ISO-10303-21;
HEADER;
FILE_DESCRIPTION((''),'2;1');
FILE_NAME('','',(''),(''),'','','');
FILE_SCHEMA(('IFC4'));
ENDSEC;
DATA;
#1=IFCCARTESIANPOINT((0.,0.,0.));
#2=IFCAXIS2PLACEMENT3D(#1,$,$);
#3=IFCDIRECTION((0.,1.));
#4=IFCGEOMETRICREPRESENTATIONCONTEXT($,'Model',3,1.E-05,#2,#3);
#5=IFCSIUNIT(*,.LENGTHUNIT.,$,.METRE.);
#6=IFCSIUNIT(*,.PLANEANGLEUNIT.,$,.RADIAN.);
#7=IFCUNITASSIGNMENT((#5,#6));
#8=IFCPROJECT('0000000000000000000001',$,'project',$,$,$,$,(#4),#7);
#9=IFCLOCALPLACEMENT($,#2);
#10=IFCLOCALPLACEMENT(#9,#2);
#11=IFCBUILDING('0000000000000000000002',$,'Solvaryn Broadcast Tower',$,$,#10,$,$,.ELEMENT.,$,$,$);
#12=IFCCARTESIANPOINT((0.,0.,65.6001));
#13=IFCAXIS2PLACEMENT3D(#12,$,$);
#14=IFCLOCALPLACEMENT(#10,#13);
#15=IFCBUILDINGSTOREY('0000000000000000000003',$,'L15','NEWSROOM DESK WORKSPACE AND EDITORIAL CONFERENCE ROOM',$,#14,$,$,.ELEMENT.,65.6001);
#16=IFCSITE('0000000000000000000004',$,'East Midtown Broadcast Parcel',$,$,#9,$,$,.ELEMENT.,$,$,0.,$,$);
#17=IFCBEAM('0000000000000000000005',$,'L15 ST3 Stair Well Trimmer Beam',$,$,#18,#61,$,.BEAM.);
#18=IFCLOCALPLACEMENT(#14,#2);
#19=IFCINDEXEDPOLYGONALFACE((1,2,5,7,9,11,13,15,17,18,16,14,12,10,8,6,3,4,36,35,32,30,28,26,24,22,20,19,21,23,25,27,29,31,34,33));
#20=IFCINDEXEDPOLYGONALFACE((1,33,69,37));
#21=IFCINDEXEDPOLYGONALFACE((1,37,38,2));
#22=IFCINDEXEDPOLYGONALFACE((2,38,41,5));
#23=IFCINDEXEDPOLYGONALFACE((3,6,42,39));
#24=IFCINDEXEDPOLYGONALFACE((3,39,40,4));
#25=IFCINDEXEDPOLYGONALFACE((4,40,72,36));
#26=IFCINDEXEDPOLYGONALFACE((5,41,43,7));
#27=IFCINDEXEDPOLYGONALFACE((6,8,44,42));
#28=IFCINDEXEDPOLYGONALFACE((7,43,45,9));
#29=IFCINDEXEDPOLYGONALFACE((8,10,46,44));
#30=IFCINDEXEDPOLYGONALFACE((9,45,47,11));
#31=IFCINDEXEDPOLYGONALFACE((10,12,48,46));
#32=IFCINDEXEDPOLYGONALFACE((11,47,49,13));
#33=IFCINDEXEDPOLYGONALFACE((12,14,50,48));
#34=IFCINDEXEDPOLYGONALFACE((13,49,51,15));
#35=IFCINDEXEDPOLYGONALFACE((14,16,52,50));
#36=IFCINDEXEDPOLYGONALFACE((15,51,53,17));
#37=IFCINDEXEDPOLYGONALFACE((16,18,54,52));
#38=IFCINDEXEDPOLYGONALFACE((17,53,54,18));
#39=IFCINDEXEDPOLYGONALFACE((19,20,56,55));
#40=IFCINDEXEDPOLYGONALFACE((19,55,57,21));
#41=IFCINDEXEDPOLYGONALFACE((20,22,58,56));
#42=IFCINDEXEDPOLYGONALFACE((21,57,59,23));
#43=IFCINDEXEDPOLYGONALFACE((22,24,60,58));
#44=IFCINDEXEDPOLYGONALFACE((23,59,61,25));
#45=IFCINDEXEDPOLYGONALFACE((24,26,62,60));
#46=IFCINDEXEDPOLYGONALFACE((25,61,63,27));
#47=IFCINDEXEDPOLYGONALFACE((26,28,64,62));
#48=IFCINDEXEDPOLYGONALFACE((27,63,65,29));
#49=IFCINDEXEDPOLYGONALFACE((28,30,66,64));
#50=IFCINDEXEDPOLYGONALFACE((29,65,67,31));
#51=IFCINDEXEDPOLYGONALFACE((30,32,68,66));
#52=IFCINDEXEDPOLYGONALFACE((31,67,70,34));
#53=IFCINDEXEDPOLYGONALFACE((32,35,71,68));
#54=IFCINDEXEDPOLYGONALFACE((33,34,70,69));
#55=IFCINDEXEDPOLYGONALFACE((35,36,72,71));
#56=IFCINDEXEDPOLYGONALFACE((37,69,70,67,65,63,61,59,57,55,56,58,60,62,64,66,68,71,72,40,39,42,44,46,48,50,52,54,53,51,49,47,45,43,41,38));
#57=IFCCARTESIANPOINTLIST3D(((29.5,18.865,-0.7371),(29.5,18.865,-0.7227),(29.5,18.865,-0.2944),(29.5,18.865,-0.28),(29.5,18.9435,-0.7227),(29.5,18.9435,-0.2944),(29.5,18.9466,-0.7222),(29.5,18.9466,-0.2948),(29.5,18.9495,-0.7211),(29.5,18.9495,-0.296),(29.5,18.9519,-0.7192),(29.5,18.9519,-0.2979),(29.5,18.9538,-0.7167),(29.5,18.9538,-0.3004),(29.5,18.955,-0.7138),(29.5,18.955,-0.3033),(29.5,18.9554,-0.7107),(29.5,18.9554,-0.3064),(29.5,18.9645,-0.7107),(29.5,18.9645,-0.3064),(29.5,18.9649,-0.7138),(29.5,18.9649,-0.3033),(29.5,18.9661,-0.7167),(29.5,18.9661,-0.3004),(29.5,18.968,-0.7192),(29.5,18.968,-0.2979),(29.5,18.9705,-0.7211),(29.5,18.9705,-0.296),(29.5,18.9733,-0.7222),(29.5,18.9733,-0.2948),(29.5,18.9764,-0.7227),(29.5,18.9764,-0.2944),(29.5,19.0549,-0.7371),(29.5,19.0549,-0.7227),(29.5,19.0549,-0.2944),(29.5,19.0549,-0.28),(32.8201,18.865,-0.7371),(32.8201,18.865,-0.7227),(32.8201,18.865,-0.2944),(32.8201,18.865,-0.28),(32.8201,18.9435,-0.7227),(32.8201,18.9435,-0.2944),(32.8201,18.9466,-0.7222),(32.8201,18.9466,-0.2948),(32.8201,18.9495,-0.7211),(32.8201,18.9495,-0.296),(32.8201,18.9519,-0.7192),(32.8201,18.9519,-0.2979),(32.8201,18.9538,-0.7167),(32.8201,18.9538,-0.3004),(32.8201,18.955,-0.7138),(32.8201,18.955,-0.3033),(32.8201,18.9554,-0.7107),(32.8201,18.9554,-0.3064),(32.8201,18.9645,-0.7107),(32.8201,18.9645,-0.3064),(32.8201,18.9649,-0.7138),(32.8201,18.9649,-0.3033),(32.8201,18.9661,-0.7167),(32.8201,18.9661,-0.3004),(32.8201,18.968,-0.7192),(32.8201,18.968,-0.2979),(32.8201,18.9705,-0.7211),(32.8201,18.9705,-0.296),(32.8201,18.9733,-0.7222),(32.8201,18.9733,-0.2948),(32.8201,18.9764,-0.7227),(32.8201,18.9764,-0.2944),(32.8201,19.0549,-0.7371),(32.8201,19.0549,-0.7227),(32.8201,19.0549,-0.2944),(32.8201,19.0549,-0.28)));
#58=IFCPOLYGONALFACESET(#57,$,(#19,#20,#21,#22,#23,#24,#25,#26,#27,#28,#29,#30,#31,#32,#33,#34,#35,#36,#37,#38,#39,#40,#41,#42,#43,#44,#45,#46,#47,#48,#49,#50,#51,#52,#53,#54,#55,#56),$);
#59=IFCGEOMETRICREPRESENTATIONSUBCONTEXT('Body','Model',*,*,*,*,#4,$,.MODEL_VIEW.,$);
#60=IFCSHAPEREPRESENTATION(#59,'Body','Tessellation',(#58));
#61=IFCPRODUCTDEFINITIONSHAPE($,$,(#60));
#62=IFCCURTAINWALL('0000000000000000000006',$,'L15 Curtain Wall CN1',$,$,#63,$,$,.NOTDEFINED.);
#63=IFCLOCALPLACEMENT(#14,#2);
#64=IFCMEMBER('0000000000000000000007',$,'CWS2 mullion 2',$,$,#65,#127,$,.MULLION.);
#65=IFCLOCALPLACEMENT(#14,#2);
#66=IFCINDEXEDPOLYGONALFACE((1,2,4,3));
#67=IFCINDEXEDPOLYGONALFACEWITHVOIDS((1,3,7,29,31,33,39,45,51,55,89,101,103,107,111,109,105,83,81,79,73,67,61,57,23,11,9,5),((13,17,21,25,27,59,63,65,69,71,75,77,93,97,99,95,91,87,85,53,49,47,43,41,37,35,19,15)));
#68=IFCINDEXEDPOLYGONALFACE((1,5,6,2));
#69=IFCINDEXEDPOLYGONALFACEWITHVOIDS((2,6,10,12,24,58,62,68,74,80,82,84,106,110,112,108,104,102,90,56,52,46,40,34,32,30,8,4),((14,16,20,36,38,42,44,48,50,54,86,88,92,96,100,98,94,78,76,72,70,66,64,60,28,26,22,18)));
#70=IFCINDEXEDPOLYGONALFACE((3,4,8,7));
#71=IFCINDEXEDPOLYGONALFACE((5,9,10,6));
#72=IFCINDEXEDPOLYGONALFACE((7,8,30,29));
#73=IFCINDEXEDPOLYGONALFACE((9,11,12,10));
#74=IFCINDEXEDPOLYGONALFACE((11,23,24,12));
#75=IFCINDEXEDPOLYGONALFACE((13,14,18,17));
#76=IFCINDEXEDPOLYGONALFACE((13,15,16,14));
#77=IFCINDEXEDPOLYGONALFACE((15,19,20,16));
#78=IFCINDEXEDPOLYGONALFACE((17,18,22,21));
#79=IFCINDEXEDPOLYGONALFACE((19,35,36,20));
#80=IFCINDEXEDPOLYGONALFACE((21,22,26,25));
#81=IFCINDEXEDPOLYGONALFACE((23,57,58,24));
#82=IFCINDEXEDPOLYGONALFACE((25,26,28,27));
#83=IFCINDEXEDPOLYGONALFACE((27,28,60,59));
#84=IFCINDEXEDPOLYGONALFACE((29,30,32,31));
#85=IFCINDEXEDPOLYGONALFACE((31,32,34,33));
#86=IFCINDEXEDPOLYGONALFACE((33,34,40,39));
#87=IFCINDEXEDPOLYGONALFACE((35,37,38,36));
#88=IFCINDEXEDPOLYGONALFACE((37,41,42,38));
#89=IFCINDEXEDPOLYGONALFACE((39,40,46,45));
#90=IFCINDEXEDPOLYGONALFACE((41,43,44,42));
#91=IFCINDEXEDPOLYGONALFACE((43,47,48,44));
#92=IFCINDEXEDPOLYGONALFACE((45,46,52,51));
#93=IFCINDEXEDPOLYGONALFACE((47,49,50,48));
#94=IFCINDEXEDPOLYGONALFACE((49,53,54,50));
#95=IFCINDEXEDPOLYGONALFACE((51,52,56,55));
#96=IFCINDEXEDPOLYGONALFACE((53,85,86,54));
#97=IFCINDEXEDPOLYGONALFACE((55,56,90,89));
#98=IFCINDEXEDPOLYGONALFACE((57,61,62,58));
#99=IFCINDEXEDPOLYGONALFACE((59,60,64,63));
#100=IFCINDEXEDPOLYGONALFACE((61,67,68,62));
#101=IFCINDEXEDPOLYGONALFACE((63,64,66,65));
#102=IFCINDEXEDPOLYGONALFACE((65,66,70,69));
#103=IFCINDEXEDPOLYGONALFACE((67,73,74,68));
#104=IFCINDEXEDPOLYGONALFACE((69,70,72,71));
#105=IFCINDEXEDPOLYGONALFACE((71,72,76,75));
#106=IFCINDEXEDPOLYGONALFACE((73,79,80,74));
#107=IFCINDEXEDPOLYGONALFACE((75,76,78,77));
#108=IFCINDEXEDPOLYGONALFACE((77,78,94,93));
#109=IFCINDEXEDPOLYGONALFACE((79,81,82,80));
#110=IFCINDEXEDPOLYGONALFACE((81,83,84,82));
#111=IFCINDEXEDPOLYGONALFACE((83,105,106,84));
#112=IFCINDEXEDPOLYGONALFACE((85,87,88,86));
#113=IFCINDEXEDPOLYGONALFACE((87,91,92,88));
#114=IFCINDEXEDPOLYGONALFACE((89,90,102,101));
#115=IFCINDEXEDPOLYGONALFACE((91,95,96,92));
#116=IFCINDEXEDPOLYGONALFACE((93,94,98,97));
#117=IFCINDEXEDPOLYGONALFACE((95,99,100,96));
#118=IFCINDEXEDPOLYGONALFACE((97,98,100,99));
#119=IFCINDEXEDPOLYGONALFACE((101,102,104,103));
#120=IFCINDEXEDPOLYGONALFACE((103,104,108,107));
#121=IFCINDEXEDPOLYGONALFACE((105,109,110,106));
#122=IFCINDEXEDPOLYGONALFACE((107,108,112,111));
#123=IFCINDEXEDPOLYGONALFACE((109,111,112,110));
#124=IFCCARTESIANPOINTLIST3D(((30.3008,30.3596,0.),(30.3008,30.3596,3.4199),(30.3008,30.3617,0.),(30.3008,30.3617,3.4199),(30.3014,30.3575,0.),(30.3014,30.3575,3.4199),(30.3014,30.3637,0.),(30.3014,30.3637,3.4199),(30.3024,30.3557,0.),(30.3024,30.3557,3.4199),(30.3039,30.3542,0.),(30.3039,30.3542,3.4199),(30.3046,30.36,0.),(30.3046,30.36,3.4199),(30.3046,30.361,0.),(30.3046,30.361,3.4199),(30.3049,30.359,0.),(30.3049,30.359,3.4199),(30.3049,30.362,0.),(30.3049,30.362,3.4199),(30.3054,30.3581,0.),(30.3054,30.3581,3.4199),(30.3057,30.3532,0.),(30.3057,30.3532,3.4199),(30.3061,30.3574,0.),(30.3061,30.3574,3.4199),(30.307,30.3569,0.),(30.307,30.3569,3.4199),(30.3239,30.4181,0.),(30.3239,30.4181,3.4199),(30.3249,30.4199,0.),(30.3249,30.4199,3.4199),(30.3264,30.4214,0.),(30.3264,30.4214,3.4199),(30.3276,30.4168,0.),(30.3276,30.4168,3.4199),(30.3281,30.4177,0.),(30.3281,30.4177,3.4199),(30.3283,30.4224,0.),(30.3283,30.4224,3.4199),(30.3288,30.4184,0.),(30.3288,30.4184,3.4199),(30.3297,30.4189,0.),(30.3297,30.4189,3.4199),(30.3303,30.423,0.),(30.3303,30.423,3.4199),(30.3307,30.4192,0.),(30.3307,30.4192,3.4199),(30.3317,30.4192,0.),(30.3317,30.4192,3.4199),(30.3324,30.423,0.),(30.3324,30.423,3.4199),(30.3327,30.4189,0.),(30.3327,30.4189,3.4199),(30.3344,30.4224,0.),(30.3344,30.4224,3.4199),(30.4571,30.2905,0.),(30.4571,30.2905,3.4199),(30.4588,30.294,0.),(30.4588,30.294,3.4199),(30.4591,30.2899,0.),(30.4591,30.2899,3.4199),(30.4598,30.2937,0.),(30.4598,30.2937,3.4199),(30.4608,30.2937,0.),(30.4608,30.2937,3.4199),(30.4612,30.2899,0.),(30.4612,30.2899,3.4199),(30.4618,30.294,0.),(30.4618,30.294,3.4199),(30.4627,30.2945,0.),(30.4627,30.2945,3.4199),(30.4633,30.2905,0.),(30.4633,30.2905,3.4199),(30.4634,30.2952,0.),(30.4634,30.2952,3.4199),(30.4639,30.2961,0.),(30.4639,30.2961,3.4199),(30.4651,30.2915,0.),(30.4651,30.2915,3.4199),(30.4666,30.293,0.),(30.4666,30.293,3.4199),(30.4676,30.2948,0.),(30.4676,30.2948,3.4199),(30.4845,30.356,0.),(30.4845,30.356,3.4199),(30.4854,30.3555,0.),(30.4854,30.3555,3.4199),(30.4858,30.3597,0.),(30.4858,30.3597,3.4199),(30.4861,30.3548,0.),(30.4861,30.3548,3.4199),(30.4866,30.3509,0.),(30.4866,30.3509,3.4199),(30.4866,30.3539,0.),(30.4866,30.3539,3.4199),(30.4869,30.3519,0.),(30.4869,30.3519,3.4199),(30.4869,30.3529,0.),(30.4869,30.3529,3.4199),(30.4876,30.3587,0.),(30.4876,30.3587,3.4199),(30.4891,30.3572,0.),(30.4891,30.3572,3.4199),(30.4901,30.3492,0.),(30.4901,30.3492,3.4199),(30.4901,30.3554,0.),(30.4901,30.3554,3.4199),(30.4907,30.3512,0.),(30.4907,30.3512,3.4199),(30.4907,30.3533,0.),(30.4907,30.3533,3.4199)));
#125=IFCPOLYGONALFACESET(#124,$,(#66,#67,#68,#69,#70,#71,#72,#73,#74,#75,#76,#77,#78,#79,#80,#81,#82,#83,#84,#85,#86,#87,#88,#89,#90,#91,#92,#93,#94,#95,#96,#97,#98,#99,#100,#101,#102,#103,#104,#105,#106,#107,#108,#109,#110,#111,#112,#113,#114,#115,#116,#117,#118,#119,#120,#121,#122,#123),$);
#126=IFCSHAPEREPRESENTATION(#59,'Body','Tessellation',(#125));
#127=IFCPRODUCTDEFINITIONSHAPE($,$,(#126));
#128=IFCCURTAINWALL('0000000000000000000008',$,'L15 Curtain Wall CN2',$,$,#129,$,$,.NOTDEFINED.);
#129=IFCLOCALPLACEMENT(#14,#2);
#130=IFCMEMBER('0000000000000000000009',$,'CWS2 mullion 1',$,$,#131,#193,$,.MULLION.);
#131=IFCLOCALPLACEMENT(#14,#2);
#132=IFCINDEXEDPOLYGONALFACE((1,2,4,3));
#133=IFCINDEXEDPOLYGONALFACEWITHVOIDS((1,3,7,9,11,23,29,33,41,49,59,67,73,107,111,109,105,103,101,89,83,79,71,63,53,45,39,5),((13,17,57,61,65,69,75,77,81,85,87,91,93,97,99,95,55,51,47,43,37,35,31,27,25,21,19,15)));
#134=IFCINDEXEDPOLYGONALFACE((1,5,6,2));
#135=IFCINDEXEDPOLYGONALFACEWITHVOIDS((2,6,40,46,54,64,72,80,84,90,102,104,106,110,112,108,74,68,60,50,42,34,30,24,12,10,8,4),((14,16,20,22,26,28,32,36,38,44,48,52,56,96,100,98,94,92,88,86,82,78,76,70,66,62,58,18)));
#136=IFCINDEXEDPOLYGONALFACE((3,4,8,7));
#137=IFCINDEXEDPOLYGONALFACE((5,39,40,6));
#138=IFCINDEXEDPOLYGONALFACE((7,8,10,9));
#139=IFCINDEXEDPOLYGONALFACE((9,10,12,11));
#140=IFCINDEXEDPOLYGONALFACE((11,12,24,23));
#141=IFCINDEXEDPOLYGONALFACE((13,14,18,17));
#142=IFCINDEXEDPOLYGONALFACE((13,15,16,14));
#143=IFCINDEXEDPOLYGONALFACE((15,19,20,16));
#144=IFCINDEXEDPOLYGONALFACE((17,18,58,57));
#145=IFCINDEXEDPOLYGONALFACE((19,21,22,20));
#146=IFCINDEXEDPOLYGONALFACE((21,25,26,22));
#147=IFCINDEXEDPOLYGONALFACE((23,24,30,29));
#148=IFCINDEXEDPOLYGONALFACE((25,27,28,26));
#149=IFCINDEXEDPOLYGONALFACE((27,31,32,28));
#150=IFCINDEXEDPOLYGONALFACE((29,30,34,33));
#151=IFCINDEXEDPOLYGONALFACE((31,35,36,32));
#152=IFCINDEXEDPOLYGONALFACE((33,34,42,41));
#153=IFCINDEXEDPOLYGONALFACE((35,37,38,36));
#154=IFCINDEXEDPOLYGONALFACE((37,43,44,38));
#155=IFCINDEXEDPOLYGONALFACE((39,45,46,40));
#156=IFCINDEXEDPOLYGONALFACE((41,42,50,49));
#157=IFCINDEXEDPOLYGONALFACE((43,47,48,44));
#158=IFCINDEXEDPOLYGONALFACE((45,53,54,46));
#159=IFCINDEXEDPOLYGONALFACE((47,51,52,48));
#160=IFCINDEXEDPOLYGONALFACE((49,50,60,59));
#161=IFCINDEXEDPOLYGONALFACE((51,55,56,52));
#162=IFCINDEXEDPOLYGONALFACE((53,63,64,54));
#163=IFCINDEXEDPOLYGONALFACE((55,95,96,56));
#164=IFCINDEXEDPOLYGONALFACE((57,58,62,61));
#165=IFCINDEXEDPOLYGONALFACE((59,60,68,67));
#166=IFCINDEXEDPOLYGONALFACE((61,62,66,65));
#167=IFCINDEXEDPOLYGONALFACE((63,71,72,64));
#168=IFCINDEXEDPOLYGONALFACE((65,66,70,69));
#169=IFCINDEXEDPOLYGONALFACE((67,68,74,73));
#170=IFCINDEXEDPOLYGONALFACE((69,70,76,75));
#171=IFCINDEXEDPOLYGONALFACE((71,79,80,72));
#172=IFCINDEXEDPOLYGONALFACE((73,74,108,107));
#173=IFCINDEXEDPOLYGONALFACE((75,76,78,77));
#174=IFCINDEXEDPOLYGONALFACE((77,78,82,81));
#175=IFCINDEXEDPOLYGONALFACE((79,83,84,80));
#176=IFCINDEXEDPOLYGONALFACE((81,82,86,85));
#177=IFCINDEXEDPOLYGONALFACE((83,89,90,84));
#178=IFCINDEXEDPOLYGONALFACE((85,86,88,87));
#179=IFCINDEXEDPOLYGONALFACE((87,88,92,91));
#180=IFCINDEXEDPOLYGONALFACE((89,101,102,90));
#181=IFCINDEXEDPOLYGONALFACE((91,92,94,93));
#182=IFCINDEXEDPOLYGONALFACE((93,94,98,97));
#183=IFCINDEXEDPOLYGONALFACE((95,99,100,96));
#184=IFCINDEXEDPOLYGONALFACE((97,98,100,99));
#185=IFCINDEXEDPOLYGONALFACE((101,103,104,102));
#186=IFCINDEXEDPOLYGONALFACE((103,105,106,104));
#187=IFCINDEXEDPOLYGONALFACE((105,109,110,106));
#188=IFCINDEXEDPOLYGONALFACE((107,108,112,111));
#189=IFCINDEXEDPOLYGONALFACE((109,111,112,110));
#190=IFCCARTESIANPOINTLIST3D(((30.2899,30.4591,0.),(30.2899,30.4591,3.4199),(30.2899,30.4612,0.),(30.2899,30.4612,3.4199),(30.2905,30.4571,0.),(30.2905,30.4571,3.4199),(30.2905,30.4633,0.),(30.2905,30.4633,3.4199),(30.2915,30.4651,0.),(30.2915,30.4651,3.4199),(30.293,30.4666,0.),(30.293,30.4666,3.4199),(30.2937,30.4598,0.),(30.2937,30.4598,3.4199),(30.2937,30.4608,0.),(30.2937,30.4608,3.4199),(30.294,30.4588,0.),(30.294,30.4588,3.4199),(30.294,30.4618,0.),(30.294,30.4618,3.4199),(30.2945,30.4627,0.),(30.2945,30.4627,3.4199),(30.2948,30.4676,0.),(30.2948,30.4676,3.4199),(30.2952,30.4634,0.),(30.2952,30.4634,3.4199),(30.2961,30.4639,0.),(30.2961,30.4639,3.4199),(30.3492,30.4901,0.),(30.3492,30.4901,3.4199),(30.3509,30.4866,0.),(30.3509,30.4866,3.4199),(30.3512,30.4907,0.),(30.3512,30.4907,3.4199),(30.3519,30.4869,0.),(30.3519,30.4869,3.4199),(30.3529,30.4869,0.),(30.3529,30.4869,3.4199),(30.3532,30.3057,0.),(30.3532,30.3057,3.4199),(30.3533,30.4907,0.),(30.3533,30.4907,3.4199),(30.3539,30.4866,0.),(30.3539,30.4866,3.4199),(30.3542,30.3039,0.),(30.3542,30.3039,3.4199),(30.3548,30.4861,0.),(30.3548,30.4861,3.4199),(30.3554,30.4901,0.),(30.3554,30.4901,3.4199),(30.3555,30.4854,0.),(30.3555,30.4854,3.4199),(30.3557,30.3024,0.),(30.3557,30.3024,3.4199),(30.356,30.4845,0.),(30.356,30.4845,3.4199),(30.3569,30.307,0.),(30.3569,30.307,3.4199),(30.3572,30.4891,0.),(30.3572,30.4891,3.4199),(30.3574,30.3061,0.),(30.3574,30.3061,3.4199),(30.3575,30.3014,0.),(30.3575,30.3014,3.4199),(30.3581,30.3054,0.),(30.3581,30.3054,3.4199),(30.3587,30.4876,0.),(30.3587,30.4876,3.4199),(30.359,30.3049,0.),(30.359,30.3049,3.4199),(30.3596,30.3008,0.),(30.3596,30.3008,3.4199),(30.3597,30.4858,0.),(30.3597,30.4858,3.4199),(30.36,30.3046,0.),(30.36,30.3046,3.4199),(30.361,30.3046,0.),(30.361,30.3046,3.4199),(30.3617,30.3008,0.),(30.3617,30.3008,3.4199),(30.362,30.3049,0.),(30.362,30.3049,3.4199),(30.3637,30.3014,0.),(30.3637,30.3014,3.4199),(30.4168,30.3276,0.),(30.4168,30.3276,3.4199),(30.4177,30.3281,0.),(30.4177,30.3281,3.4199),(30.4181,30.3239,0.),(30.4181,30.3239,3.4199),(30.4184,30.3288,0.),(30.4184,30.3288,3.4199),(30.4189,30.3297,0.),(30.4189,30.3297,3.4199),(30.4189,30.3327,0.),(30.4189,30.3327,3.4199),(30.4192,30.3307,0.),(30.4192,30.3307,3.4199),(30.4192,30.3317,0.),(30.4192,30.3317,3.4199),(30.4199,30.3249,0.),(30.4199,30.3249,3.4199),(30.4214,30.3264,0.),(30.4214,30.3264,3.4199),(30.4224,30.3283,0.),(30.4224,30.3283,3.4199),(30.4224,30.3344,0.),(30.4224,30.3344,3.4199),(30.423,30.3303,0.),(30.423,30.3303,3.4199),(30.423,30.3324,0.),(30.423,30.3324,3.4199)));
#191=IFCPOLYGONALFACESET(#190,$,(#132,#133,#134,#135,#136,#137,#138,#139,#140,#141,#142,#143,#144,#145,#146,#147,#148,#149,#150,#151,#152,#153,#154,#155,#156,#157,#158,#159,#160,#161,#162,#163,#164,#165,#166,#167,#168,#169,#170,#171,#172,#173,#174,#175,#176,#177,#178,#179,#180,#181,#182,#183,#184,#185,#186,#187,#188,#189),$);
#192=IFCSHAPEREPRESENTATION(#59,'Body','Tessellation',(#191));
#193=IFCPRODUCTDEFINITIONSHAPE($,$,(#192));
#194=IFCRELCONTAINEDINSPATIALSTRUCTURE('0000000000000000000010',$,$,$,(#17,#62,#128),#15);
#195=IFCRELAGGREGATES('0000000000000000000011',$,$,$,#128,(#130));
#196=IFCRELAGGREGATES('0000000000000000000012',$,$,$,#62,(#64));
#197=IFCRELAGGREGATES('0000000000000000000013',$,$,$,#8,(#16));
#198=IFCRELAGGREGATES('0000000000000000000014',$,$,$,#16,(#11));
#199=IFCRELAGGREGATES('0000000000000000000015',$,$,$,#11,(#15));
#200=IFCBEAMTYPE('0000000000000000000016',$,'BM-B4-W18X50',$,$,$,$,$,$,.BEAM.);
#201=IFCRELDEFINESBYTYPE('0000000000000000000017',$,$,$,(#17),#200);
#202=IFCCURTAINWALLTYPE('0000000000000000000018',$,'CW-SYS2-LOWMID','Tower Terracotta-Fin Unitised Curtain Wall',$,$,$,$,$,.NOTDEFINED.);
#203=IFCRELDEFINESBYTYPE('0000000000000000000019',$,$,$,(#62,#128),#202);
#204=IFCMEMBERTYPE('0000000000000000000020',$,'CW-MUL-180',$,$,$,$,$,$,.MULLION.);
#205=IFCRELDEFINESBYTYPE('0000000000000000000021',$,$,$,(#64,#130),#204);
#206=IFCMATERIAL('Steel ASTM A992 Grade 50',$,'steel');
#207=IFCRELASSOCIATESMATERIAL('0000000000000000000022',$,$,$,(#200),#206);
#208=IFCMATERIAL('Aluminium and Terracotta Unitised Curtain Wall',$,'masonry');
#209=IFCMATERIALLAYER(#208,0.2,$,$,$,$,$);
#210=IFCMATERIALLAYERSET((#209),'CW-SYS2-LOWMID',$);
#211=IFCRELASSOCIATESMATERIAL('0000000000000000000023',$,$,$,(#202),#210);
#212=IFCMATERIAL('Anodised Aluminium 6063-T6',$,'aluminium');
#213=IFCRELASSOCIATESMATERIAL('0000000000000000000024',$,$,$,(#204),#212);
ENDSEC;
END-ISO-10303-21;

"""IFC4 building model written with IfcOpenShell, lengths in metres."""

from ifc_helpers import new_model, si_unit, direction, frame, origin, origin_2d, place, context, subcontext, project, spatial, hollow_rectangle, i_section, extrude, material, layer, layer_set, material_profile, profile_set, type_object, element, aggregate, save


model = new_model("IFC4")

# Units and contexts
model_context = context("Model", 3, precision=1e-05, world=origin(), true_north=direction((0.0, 1.0)))
body_context = subcontext(model_context, "Body", "Model", "MODEL_VIEW")
ifc_project = project(units=[si_unit("LENGTHUNIT", "METRE"), si_unit("PLANEANGLEUNIT", "RADIAN")], contexts=[model_context])

# Site, building, storey
site_placement = place(None, origin())
site = spatial("IfcSite", under=ifc_project, at=site_placement, Name="East Midtown Broadcast Parcel", CompositionType="ELEMENT", RefElevation=0.0)
building_placement = place(site_placement, origin())
building = spatial("IfcBuilding", under=site, at=building_placement, Name="Solvaryn Broadcast Tower", CompositionType="ELEMENT")
storey_placement = place(building_placement, frame((0.0, 0.0, 65.6001)))
storey = spatial("IfcBuildingStorey", under=building, at=storey_placement, Name="L15", Description="NEWSROOM DESK WORKSPACE AND EDITORIAL CONFERENCE ROOM", CompositionType="ELEMENT", Elevation=65.6001)

# Beam
ifc_material_1 = material(Name="Steel ASTM A992 Grade 50", Category="steel")
ifc_material_profile_1 = material_profile(ifc_material_1, i_section(OverallWidth=0.1899, OverallDepth=0.457, WebThickness=0.009, FlangeThickness=0.0144, FilletRadius=0.012, at=origin_2d()))
ifc_profile_set_1 = profile_set([ifc_material_profile_1], Name="Steel ASTM A992 Grade 50")
beam_type_1 = type_object("IfcBeamType", Name="BM-B4-W18X50", PredefinedType="BEAM", material=ifc_profile_set_1)
beam_1_placement = place(storey_placement, frame((29.5, 18.96, -0.5085), z_axis=(1.0, 0.0, 0.0), x_axis=(0.0, 1.0, 0.0)))
element("IfcBeam", 1, at=beam_1_placement, inside=storey, type_object=beam_type_1, Name="L15 ST3 Stair Well Trimmer Beam", PredefinedType="BEAM", context=body_context, shape_type="SweptSolid", body=[
    extrude(i_section(OverallWidth=0.1899, OverallDepth=0.457, WebThickness=0.009, FlangeThickness=0.0144, FilletRadius=0.012, at=origin_2d()), origin(), (0.0, 0.0, 1.0), 3.3201),
])

# Curtain wall, member
ifc_material_2 = material(Name="Aluminium and Terracotta Unitised Curtain Wall", Category="masonry")
ifc_layer_1 = layer(ifc_material_2, 0.2)
ifc_layer_set_1 = layer_set([ifc_layer_1], Name="CW-SYS2-LOWMID")
curtain_wall_type = type_object("IfcCurtainWallType", Name="CW-SYS2-LOWMID", Description="Tower Terracotta-Fin Unitised Curtain Wall", PredefinedType="NOTDEFINED", material=ifc_layer_set_1)
curtain_wall_1_placement = place(storey_placement, origin())
curtain_wall_1 = element("IfcCurtainWall", 2, at=curtain_wall_1_placement, inside=storey, type_object=curtain_wall_type, Name="L15 Curtain Wall CN1", PredefinedType="NOTDEFINED")
ifc_material_3 = material(Name="Anodised Aluminium 6063-T6", Category="aluminium")
ifc_material_profile_2 = material_profile(ifc_material_3, hollow_rectangle(XDim=0.075, YDim=0.1799, WallThickness=0.0039, InnerFilletRadius=0.0039, OuterFilletRadius=0.0081, at=origin_2d()))
ifc_profile_set_2 = profile_set([ifc_material_profile_2], Name="Anodised Aluminium 6063-T6")
member_type_1 = type_object("IfcMemberType", Name="CW-MUL-180", PredefinedType="MULLION", material=ifc_profile_set_2)
member_1_placement = place(storey_placement, frame((30.3958, 30.3564, 0.0), z_axis=(0.0, 0.0, 1.0), x_axis=(-0.382646, -0.923895, 0.0)))
member_1 = element("IfcMember", 3, at=member_1_placement, type_object=member_type_1, Name="CWS2 mullion 2", PredefinedType="MULLION", context=body_context, shape_type="SweptSolid", body=[
    extrude(hollow_rectangle(XDim=0.075, YDim=0.1799, WallThickness=0.0039, InnerFilletRadius=0.0039, OuterFilletRadius=0.0081, at=origin_2d()), origin(), (0.0, 0.0, 1.0), 3.4199),
])

# Curtain wall, member
curtain_wall_2_placement = place(storey_placement, origin())
curtain_wall_2 = element("IfcCurtainWall", 4, at=curtain_wall_2_placement, inside=storey, type_object=curtain_wall_type, Name="L15 Curtain Wall CN2", PredefinedType="NOTDEFINED")
member_2_placement = place(storey_placement, frame((30.3564, 30.3958, 0.0), z_axis=(0.0, 0.0, 1.0), x_axis=(-0.923895, -0.382646, 0.0)))
member_2 = element("IfcMember", 5, at=member_2_placement, type_object=member_type_1, Name="CWS2 mullion 1", PredefinedType="MULLION", context=body_context, shape_type="SweptSolid", body=[
    extrude(hollow_rectangle(XDim=0.075, YDim=0.1799, WallThickness=0.0039, InnerFilletRadius=0.0039, OuterFilletRadius=0.0081, at=origin_2d()), origin(), (0.0, 0.0, 1.0), 3.4199),
])
aggregate(curtain_wall_2, [member_2])

aggregate(curtain_wall_1, [member_1])

save(model, "model.ifc")
